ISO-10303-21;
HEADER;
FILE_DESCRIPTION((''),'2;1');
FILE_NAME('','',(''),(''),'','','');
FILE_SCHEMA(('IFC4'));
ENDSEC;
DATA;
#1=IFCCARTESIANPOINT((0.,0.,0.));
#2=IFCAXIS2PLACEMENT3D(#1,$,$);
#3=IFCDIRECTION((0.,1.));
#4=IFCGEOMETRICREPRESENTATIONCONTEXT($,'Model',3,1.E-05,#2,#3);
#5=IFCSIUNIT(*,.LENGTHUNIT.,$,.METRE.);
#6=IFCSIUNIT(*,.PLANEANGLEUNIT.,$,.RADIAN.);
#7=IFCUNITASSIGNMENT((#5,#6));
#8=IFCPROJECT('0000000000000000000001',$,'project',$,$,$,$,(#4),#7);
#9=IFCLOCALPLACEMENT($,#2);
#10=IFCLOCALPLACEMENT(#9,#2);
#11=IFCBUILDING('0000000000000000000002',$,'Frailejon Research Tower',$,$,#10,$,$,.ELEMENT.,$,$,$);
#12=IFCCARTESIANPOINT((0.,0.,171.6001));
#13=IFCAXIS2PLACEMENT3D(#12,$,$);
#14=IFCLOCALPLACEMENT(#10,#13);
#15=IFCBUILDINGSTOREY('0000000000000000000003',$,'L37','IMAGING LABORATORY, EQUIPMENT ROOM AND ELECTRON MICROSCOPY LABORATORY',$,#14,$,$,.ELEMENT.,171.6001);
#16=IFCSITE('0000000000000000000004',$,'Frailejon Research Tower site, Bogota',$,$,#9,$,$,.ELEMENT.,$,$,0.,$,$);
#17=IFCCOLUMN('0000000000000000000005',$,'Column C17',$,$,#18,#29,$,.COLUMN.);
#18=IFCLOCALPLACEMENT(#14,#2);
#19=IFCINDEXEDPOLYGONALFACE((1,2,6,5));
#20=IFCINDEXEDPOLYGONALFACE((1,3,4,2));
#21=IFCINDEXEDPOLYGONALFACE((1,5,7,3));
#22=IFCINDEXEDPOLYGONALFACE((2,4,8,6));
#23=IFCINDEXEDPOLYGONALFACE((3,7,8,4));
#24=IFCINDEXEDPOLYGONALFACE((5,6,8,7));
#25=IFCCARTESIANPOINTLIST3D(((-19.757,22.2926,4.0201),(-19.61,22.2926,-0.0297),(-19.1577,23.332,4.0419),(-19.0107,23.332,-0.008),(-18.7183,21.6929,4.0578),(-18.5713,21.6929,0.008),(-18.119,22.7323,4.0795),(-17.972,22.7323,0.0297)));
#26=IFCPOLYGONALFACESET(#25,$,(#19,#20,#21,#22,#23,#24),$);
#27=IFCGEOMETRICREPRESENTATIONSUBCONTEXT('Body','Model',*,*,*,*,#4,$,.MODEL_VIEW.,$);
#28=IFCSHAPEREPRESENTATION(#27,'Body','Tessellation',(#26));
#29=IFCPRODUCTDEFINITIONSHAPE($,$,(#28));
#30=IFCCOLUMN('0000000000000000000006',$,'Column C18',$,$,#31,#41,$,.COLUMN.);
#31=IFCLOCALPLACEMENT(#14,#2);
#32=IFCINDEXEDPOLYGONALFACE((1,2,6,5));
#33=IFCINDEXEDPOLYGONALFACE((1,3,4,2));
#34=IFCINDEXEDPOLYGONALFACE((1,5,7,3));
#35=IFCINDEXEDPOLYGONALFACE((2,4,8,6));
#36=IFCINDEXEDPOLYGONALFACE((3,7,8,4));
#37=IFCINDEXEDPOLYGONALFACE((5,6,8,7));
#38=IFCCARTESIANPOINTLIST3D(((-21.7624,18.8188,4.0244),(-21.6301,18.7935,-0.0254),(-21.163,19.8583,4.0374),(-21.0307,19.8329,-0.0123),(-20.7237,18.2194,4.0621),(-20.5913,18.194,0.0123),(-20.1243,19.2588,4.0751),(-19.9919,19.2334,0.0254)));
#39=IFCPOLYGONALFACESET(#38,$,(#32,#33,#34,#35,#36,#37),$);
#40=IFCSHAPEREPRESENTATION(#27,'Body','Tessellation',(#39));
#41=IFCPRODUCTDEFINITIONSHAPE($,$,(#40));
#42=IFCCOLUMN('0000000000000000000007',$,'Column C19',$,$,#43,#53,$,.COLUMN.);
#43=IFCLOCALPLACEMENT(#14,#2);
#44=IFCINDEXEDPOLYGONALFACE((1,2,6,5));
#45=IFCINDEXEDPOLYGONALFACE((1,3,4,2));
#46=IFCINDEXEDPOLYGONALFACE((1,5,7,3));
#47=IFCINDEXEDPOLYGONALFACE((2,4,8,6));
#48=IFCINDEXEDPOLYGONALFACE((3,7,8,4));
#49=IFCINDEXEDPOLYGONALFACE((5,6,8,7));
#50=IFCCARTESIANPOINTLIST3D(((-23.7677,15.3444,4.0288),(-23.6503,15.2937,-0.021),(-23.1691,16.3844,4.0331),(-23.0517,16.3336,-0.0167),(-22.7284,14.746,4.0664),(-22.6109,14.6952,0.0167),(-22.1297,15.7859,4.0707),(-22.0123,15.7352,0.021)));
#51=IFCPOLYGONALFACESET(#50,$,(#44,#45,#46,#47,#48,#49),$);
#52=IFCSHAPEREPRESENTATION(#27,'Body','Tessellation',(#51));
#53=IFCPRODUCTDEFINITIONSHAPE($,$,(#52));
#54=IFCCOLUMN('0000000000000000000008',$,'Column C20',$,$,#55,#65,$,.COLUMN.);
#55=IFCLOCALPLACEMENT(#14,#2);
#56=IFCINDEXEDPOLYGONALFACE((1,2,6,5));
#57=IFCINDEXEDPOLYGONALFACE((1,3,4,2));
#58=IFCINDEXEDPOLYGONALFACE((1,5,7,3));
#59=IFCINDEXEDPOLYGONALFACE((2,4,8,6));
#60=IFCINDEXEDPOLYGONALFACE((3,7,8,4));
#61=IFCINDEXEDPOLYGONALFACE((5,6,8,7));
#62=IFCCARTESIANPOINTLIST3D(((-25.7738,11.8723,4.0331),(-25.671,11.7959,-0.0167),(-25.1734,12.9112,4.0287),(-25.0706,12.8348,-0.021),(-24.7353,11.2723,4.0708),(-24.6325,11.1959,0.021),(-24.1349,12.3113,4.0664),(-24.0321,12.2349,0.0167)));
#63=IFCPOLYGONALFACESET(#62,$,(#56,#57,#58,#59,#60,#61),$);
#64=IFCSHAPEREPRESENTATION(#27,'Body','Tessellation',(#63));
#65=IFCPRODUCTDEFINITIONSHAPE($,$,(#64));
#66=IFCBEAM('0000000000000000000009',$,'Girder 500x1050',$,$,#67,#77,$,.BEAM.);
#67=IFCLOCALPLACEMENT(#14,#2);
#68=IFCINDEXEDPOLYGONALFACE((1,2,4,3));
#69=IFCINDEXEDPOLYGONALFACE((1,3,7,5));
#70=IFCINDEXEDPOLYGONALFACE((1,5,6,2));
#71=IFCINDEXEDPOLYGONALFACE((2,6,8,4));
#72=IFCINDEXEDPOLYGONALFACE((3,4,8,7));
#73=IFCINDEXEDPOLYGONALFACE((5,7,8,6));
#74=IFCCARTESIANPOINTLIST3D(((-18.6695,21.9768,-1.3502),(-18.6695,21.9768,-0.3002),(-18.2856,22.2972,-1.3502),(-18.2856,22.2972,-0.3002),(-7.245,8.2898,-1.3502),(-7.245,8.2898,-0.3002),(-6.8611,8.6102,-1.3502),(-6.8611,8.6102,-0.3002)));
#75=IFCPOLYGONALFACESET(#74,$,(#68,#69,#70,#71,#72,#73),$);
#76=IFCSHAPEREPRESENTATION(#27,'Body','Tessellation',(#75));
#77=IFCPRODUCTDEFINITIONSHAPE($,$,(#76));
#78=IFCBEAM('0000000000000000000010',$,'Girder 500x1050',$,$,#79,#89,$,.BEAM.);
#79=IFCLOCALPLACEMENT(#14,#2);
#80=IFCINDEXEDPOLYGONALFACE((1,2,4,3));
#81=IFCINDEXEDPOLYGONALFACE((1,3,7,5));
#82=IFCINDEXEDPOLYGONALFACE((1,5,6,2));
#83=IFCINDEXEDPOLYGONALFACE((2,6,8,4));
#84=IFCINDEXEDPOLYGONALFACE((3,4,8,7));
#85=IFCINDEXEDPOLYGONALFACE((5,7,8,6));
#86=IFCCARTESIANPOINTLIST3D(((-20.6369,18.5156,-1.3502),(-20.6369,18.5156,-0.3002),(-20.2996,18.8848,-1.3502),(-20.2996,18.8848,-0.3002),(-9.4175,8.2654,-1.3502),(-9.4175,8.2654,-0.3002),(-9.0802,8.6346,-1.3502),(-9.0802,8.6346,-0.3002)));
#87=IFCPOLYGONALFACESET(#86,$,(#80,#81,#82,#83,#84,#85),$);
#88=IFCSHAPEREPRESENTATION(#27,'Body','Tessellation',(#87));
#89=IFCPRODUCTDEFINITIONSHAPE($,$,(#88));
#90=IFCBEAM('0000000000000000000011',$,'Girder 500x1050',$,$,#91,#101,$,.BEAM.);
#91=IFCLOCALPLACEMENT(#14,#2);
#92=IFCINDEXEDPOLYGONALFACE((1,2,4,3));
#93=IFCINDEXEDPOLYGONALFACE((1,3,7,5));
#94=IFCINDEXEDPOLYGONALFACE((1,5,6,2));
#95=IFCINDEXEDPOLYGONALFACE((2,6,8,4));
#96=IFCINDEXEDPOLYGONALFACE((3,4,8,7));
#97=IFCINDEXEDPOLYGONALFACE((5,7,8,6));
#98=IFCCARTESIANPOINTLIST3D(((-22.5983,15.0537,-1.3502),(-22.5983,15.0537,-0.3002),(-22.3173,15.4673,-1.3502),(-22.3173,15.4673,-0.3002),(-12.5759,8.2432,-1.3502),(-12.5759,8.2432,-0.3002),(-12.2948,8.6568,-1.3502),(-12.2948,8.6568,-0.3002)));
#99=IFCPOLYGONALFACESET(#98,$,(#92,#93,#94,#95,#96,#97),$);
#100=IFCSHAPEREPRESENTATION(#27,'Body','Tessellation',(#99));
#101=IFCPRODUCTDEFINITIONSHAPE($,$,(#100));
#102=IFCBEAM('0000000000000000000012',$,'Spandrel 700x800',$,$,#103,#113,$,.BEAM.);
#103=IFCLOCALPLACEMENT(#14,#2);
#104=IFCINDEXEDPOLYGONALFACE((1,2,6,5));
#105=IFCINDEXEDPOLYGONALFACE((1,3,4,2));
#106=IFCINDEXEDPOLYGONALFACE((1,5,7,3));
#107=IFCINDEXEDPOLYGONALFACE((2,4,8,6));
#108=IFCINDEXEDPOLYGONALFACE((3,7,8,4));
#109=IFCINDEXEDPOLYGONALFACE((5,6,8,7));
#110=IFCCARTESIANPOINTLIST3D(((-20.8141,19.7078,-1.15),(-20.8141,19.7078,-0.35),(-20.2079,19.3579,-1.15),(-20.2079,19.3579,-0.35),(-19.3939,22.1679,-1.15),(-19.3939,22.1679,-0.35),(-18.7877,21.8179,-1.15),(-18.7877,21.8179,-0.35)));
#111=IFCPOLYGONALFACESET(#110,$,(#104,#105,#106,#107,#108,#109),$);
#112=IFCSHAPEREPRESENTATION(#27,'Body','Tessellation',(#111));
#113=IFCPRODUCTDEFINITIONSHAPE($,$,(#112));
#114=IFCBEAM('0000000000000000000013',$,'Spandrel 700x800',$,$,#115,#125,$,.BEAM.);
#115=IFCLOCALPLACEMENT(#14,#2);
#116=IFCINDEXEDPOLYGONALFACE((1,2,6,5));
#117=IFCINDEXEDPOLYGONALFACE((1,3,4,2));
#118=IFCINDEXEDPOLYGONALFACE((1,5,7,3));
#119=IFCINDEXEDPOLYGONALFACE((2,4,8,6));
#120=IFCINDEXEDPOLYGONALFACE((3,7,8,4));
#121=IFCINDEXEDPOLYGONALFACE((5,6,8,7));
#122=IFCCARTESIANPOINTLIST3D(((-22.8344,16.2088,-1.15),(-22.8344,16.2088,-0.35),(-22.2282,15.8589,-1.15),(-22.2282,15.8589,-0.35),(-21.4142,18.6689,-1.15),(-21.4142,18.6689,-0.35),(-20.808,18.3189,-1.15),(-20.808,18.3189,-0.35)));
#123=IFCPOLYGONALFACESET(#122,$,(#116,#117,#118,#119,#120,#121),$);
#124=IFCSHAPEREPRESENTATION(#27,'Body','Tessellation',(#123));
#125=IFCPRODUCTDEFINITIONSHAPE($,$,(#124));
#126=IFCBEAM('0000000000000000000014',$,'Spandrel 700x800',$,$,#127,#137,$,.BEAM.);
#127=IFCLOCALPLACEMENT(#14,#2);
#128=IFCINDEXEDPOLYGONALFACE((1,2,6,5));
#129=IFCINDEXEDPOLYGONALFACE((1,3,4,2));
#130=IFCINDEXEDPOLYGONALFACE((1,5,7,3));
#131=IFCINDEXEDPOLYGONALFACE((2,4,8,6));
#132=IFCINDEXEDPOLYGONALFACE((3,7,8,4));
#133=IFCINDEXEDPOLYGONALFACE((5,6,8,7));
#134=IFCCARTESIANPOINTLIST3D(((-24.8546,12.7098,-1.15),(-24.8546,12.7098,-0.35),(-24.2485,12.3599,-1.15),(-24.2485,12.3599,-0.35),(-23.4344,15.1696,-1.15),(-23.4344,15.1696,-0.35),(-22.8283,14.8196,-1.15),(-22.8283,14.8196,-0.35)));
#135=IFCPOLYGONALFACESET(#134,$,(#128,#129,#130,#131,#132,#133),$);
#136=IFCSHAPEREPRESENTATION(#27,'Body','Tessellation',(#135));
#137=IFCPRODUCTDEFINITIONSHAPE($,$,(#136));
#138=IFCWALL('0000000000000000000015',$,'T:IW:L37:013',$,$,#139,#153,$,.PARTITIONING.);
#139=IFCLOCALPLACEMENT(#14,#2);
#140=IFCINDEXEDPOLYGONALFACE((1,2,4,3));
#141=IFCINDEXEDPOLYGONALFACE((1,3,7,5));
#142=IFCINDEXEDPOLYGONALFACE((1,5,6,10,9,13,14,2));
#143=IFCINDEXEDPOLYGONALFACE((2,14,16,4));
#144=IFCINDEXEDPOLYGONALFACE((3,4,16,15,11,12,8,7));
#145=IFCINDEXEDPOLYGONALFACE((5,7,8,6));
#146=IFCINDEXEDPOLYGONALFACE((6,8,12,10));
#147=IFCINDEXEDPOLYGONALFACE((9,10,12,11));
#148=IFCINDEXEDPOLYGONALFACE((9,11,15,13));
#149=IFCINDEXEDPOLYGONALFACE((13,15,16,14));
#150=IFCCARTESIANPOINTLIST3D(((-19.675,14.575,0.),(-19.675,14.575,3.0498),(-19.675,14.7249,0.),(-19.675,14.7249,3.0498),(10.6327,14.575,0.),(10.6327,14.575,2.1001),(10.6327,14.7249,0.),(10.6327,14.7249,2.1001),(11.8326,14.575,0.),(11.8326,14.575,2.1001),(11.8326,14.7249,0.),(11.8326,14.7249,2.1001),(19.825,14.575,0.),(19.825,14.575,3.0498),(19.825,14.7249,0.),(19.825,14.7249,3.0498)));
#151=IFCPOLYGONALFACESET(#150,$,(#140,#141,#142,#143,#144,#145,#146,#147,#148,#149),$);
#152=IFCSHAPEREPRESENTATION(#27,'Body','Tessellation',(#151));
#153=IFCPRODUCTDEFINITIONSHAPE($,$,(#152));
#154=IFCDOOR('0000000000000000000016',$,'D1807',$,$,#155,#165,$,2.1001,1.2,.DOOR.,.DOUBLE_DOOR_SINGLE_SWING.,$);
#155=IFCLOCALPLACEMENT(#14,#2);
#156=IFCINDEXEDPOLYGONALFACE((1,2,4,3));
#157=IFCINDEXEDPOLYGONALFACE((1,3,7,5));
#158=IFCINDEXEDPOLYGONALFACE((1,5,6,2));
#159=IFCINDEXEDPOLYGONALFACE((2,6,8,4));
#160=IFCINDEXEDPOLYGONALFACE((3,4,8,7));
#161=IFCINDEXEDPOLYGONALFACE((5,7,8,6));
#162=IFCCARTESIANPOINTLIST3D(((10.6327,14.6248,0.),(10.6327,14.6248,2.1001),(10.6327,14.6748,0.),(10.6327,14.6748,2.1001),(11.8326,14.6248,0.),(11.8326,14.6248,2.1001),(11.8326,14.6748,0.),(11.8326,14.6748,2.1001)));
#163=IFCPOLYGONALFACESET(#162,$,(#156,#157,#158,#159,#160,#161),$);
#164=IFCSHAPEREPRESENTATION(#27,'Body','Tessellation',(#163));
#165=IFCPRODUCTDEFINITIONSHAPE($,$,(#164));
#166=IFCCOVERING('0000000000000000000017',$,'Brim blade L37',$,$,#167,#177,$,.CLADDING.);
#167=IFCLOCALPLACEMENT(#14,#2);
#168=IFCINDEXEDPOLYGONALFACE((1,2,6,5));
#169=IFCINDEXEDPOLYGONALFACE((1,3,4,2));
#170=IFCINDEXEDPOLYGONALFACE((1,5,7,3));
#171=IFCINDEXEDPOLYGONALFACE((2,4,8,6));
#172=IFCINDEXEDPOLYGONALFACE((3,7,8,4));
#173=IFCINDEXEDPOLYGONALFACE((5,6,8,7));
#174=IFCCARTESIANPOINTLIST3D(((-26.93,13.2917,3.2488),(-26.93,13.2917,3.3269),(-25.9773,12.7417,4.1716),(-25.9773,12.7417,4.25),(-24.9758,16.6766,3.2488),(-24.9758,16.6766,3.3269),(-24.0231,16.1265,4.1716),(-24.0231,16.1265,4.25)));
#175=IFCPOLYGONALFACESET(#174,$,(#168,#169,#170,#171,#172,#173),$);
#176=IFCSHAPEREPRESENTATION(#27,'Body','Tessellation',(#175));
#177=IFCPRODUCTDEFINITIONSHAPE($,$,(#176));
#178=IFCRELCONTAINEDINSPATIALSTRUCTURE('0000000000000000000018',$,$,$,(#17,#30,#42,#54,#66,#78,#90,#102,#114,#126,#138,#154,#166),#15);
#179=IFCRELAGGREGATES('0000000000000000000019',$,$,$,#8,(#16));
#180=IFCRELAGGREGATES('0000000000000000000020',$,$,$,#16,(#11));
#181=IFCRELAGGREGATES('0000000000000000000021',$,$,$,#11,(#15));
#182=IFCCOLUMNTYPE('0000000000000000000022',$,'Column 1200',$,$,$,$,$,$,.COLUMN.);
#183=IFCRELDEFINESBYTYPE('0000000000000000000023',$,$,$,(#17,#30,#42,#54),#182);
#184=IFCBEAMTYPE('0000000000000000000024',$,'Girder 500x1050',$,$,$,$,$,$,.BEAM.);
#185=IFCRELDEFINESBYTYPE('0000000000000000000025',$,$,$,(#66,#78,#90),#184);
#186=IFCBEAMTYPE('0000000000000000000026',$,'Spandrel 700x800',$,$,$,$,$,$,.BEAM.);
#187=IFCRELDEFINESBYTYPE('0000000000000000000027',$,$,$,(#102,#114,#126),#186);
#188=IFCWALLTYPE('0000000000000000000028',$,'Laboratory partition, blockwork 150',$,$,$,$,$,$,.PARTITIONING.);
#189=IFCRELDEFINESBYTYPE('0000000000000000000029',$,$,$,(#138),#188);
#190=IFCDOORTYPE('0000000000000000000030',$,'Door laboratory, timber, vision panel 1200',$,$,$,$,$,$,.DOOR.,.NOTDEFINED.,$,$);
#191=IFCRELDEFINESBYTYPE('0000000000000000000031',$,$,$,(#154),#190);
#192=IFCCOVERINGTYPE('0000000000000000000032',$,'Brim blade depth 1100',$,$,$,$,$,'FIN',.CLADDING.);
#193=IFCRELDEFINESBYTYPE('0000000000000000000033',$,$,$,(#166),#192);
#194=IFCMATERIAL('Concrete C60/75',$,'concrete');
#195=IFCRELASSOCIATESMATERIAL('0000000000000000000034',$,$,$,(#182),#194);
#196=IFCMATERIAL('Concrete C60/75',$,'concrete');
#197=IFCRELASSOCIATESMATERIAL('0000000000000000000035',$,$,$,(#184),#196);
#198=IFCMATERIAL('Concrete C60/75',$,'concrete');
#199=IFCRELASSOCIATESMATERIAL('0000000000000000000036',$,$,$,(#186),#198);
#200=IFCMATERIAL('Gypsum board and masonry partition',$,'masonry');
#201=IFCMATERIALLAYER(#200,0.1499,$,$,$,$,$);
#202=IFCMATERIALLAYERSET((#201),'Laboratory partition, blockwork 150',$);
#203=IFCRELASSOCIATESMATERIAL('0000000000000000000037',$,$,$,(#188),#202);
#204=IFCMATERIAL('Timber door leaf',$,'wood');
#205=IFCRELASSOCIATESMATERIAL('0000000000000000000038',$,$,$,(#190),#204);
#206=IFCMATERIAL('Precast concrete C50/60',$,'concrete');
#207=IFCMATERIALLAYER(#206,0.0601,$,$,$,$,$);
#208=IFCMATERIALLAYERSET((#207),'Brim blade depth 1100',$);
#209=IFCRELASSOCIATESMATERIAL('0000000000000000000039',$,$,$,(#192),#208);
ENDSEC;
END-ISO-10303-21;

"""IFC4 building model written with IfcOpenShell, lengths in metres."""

from ifc_helpers import new_model, si_unit, direction, frame, frame_2d, origin, origin_2d, place, context, subcontext, project, spatial, polyline, rectangle, outline, extrude, material, layer, layer_set, material_profile, profile_set, type_object, element, fill, save


model = new_model("IFC4")

# Units and contexts
model_context = context("Model", 3, precision=1e-05, world=origin(), true_north=direction((0.0, 1.0)))
body_context = subcontext(model_context, "Body", "Model", "MODEL_VIEW")
ifc_project = project(units=[si_unit("LENGTHUNIT", "METRE"), si_unit("PLANEANGLEUNIT", "RADIAN")], contexts=[model_context])

# Site, building, storey
site_placement = place(None, origin())
site = spatial("IfcSite", under=ifc_project, at=site_placement, Name="Frailejon Research Tower site, Bogota", CompositionType="ELEMENT", RefElevation=0.0)
building_placement = place(site_placement, origin())
building = spatial("IfcBuilding", under=site, at=building_placement, Name="Frailejon Research Tower", CompositionType="ELEMENT")
storey_placement = place(building_placement, frame((0.0, 0.0, 171.6001)))
storey = spatial("IfcBuildingStorey", under=building, at=storey_placement, Name="L37", Description="IMAGING LABORATORY, EQUIPMENT ROOM AND ELECTRON MICROSCOPY LABORATORY", CompositionType="ELEMENT", Elevation=171.6001)

# Columns
ifc_material_1 = material(Name="Concrete C60/75", Category="concrete")
ifc_material_profile_1 = material_profile(ifc_material_1, rectangle(XDim=1.2, YDim=1.2, at=origin_2d()), Name="Column 1200")
ifc_profile_set_1 = profile_set([ifc_material_profile_1], Name="Concrete C60/75")
column_type = type_object("IfcColumnType", Name="Column 1200", PredefinedType="COLUMN", material=ifc_profile_set_1)
column_1_placement = place(storey_placement, frame((-18.791, 22.5125, 0.0), z_axis=(-0.036267, 0.0, 0.999342), x_axis=(-0.499425, -0.866168, -0.018125)))
element("IfcColumn", 1, at=column_1_placement, inside=storey, type_object=column_type, Name="Column C17", PredefinedType="COLUMN", context=body_context, shape_type="SweptSolid", body=[
    extrude(rectangle(XDim=1.2, YDim=1.2, at=origin_2d()), origin(), (0.0, 0.0, 1.0), 4.0525),
])
column_2_placement = place(storey_placement, frame((-20.811, 19.0134, 0.0), z_axis=(-0.032656, 0.006266, 0.999447), x_axis=(-0.49952, -0.866234, -0.01089)))
element("IfcColumn", 2, at=column_2_placement, inside=storey, type_object=column_type, Name="Column C18", PredefinedType="COLUMN", context=body_context, shape_type="SweptSolid", body=[
    extrude(rectangle(XDim=1.2, YDim=1.2, at=origin_2d()), origin(), (0.0, 0.0, 1.0), 4.052),
])
for number, where, z_axis, x_axis, name in (
    (3, (-22.8313, 15.5144, 0.0), (-0.028982, 0.012533, 0.999501), (-0.498879, -0.866664, -0.003599), "Column C19"),
    (4, (-24.8516, 12.0154, 0.0), (-0.025367, 0.01886, 0.9995), (-0.500322, -0.865832, 0.003639), "Column C20"),
):
    element("IfcColumn", number, at=place(storey_placement, frame(where, z_axis=z_axis, x_axis=x_axis)), inside=storey, type_object=column_type, Name=name, PredefinedType="COLUMN", context=body_context, shape_type="SweptSolid", body=[
        extrude(rectangle(XDim=1.2, YDim=1.2, at=origin_2d()), origin(), (0.0, 0.0, 1.0), 4.0518),
    ])

# Beams
ifc_material_2 = material(Name="Concrete C60/75", Category="concrete")
ifc_material_profile_2 = material_profile(ifc_material_2, rectangle(XDim=0.5, YDim=1.05, at=origin_2d()), Name="Girder 500x1050")
ifc_profile_set_2 = profile_set([ifc_material_profile_2], Name="Concrete C60/75")
beam_type_1 = type_object("IfcBeamType", Name="Girder 500x1050", PredefinedType="BEAM", material=ifc_profile_set_2)
beam_1_placement = place(storey_placement, frame((-18.4775, 22.137, -0.8252), z_axis=(0.640804, -0.767705, 0.0), x_axis=(0.767705, 0.640804, 0.0)))
element("IfcBeam", 5, at=beam_1_placement, inside=storey, type_object=beam_type_1, Name="Girder 500x1050", PredefinedType="BEAM", context=body_context, shape_type="SweptSolid", body=[
    extrude(rectangle(XDim=0.5, YDim=1.05, at=origin_2d()), origin(), (0.0, 0.0, 1.0), 17.8284),
])
beam_2_placement = place(storey_placement, frame((-20.4683, 18.7002, -0.8252), z_axis=(0.738277, -0.674498, 0.0), x_axis=(0.674498, 0.738277, 0.0)))
element("IfcBeam", 6, at=beam_2_placement, inside=storey, type_object=beam_type_1, Name="Girder 500x1050", PredefinedType="BEAM", context=body_context, shape_type="SweptSolid", body=[
    extrude(rectangle(XDim=0.5, YDim=1.05, at=origin_2d()), origin(), (0.0, 0.0, 1.0), 15.1968),
])
beam_3_placement = place(storey_placement, frame((-22.4578, 15.2605, -0.8252), z_axis=(0.827108, -0.562043, 0.0), x_axis=(0.562043, 0.827108, 0.0)))
element("IfcBeam", 7, at=beam_3_placement, inside=storey, type_object=beam_type_1, Name="Girder 500x1050", PredefinedType="BEAM", context=body_context, shape_type="SweptSolid", body=[
    extrude(rectangle(XDim=0.5, YDim=1.05, at=origin_2d()), origin(), (0.0, 0.0, 1.0), 12.1174),
])
ifc_material_3 = material(Name="Concrete C60/75", Category="concrete")
ifc_material_profile_3 = material_profile(ifc_material_3, rectangle(XDim=0.7, YDim=0.8, at=origin_2d()), Name="Spandrel 700x800")
ifc_profile_set_3 = profile_set([ifc_material_profile_3], Name="Concrete C60/75")
beam_type_2 = type_object("IfcBeamType", Name="Spandrel 700x800", PredefinedType="BEAM", material=ifc_profile_set_3)
for number, where, z_axis, x_axis, name in (
    (8, (-19.0908, 21.9929, -0.75), (-0.499975, -0.86604, 0.0), (0.86604, -0.499975, 0.0), "Spandrel 700x800"),
    (9, (-21.1111, 18.4939, -0.75), (-0.499975, -0.86604, 0.0), (0.86604, -0.499975, 0.0), "Spandrel 700x800"),
):
    element("IfcBeam", number, at=place(storey_placement, frame(where, z_axis=z_axis, x_axis=x_axis)), inside=storey, type_object=beam_type_2, Name=name, PredefinedType="BEAM", context=body_context, shape_type="SweptSolid", body=[
        extrude(rectangle(XDim=0.7, YDim=0.8, at=origin_2d()), origin(), (0.0, 0.0, 1.0), 2.8406),
    ])
beam_4_placement = place(storey_placement, frame((-23.1313, 14.9946, -0.75), z_axis=(-0.500013, -0.866018, 0.0), x_axis=(0.866018, -0.500013, 0.0)))
element("IfcBeam", 10, at=beam_4_placement, inside=storey, type_object=beam_type_2, Name="Spandrel 700x800", PredefinedType="BEAM", context=body_context, shape_type="SweptSolid", body=[
    extrude(rectangle(XDim=0.7, YDim=0.8, at=origin_2d()), origin(), (0.0, 0.0, 1.0), 2.8403),
])

# Wall, opening, door
ifc_material_4 = material(Name="Gypsum board and masonry partition", Category="masonry")
ifc_layer_1 = layer(ifc_material_4, 0.1499)
ifc_layer_set_1 = layer_set([ifc_layer_1], Name="Laboratory partition, blockwork 150")
wall_type_1 = type_object("IfcWallType", Name="Laboratory partition, blockwork 150", PredefinedType="PARTITIONING", material=ifc_layer_set_1)
wall_1_placement = place(storey_placement, frame((-19.675, 14.6499, 0.0), z_axis=(0.0, 0.0, 1.0), x_axis=(1.0, 0.0, 0.0)))
wall_1 = element("IfcWall", 11, at=wall_1_placement, inside=storey, type_object=wall_type_1, Name="T:IW:L37:013", PredefinedType="PARTITIONING", context=body_context, shape_type="SweptSolid", body=[
    extrude(rectangle(XDim=39.5, YDim=0.1499, at=frame_2d((19.75, 0.0))), origin(), (0.0, 0.0, 1.0), 3.0498),
])
opening_1_placement = place(wall_1_placement, frame((30.3076, 0.0, 0.0)))
opening_1 = element("IfcOpeningElement", 12, at=opening_1_placement, cuts=wall_1, PredefinedType="OPENING", context=body_context, shape_type="SweptSolid", body=[
    extrude(rectangle(XDim=1.2, YDim=2.1001, at=frame_2d((0.6001, 1.05))), frame((0.0, 0.085, 0.0), z_axis=(0.0, -1.0, 0.0), x_axis=(1.0, 0.0, 0.0)), (0.0, 0.0, 1.0), 0.1699),
])
ifc_material_5 = material(Name="Timber door leaf", Category="wood")
door_type_1 = type_object("IfcDoorType", Name="Door laboratory, timber, vision panel 1200", OperationType="NOTDEFINED", PredefinedType="DOOR", material=ifc_material_5)
door_1_placement = place(opening_1_placement, origin())
door_1 = element("IfcDoor", 13, at=door_1_placement, inside=storey, type_object=door_type_1, Name="D1807", OperationType="DOUBLE_DOOR_SINGLE_SWING", OverallHeight=2.1001, OverallWidth=1.2, PredefinedType="DOOR", context=body_context, shape_type="SweptSolid", body=[
    extrude(rectangle(XDim=1.2, YDim=2.1001, at=frame_2d((0.6001, 1.05))), frame((0.0, 0.0249, 0.0), z_axis=(0.0, -1.0, 0.0), x_axis=(1.0, 0.0, 0.0)), (0.0, 0.0, 1.0), 0.05),
])
fill(opening_1, door_1)

# Covering
ifc_material_6 = material(Name="Precast concrete C50/60", Category="concrete")
ifc_layer_2 = layer(ifc_material_6, 0.0601)
ifc_layer_set_2 = layer_set([ifc_layer_2], Name="Brim blade depth 1100")
covering_type_1 = type_object("IfcCoveringType", Name="Brim blade depth 1100", ElementType="FIN", PredefinedType="CLADDING", material=ifc_layer_set_2)
covering_1_placement = place(storey_placement, frame((-25.9773, 12.7417, 4.25), z_axis=(0.499997, 0.866027, 0.0), x_axis=(-0.866027, 0.499997, 0.0)))
element("IfcCovering", 14, at=covering_1_placement, inside=storey, type_object=covering_type_1, Name="Brim blade L37", PredefinedType="CLADDING", context=body_context, shape_type="SweptSolid", body=[
    extrude(outline(polyline([(0.0, -0.0784), (1.1001, -1.0012), (1.1001, -0.9231), (0.0, 0.0), (0.0, -0.0784)])), origin(), (0.0, 0.0, 1.0), 3.9084),
])

save(model, "model.ifc")
